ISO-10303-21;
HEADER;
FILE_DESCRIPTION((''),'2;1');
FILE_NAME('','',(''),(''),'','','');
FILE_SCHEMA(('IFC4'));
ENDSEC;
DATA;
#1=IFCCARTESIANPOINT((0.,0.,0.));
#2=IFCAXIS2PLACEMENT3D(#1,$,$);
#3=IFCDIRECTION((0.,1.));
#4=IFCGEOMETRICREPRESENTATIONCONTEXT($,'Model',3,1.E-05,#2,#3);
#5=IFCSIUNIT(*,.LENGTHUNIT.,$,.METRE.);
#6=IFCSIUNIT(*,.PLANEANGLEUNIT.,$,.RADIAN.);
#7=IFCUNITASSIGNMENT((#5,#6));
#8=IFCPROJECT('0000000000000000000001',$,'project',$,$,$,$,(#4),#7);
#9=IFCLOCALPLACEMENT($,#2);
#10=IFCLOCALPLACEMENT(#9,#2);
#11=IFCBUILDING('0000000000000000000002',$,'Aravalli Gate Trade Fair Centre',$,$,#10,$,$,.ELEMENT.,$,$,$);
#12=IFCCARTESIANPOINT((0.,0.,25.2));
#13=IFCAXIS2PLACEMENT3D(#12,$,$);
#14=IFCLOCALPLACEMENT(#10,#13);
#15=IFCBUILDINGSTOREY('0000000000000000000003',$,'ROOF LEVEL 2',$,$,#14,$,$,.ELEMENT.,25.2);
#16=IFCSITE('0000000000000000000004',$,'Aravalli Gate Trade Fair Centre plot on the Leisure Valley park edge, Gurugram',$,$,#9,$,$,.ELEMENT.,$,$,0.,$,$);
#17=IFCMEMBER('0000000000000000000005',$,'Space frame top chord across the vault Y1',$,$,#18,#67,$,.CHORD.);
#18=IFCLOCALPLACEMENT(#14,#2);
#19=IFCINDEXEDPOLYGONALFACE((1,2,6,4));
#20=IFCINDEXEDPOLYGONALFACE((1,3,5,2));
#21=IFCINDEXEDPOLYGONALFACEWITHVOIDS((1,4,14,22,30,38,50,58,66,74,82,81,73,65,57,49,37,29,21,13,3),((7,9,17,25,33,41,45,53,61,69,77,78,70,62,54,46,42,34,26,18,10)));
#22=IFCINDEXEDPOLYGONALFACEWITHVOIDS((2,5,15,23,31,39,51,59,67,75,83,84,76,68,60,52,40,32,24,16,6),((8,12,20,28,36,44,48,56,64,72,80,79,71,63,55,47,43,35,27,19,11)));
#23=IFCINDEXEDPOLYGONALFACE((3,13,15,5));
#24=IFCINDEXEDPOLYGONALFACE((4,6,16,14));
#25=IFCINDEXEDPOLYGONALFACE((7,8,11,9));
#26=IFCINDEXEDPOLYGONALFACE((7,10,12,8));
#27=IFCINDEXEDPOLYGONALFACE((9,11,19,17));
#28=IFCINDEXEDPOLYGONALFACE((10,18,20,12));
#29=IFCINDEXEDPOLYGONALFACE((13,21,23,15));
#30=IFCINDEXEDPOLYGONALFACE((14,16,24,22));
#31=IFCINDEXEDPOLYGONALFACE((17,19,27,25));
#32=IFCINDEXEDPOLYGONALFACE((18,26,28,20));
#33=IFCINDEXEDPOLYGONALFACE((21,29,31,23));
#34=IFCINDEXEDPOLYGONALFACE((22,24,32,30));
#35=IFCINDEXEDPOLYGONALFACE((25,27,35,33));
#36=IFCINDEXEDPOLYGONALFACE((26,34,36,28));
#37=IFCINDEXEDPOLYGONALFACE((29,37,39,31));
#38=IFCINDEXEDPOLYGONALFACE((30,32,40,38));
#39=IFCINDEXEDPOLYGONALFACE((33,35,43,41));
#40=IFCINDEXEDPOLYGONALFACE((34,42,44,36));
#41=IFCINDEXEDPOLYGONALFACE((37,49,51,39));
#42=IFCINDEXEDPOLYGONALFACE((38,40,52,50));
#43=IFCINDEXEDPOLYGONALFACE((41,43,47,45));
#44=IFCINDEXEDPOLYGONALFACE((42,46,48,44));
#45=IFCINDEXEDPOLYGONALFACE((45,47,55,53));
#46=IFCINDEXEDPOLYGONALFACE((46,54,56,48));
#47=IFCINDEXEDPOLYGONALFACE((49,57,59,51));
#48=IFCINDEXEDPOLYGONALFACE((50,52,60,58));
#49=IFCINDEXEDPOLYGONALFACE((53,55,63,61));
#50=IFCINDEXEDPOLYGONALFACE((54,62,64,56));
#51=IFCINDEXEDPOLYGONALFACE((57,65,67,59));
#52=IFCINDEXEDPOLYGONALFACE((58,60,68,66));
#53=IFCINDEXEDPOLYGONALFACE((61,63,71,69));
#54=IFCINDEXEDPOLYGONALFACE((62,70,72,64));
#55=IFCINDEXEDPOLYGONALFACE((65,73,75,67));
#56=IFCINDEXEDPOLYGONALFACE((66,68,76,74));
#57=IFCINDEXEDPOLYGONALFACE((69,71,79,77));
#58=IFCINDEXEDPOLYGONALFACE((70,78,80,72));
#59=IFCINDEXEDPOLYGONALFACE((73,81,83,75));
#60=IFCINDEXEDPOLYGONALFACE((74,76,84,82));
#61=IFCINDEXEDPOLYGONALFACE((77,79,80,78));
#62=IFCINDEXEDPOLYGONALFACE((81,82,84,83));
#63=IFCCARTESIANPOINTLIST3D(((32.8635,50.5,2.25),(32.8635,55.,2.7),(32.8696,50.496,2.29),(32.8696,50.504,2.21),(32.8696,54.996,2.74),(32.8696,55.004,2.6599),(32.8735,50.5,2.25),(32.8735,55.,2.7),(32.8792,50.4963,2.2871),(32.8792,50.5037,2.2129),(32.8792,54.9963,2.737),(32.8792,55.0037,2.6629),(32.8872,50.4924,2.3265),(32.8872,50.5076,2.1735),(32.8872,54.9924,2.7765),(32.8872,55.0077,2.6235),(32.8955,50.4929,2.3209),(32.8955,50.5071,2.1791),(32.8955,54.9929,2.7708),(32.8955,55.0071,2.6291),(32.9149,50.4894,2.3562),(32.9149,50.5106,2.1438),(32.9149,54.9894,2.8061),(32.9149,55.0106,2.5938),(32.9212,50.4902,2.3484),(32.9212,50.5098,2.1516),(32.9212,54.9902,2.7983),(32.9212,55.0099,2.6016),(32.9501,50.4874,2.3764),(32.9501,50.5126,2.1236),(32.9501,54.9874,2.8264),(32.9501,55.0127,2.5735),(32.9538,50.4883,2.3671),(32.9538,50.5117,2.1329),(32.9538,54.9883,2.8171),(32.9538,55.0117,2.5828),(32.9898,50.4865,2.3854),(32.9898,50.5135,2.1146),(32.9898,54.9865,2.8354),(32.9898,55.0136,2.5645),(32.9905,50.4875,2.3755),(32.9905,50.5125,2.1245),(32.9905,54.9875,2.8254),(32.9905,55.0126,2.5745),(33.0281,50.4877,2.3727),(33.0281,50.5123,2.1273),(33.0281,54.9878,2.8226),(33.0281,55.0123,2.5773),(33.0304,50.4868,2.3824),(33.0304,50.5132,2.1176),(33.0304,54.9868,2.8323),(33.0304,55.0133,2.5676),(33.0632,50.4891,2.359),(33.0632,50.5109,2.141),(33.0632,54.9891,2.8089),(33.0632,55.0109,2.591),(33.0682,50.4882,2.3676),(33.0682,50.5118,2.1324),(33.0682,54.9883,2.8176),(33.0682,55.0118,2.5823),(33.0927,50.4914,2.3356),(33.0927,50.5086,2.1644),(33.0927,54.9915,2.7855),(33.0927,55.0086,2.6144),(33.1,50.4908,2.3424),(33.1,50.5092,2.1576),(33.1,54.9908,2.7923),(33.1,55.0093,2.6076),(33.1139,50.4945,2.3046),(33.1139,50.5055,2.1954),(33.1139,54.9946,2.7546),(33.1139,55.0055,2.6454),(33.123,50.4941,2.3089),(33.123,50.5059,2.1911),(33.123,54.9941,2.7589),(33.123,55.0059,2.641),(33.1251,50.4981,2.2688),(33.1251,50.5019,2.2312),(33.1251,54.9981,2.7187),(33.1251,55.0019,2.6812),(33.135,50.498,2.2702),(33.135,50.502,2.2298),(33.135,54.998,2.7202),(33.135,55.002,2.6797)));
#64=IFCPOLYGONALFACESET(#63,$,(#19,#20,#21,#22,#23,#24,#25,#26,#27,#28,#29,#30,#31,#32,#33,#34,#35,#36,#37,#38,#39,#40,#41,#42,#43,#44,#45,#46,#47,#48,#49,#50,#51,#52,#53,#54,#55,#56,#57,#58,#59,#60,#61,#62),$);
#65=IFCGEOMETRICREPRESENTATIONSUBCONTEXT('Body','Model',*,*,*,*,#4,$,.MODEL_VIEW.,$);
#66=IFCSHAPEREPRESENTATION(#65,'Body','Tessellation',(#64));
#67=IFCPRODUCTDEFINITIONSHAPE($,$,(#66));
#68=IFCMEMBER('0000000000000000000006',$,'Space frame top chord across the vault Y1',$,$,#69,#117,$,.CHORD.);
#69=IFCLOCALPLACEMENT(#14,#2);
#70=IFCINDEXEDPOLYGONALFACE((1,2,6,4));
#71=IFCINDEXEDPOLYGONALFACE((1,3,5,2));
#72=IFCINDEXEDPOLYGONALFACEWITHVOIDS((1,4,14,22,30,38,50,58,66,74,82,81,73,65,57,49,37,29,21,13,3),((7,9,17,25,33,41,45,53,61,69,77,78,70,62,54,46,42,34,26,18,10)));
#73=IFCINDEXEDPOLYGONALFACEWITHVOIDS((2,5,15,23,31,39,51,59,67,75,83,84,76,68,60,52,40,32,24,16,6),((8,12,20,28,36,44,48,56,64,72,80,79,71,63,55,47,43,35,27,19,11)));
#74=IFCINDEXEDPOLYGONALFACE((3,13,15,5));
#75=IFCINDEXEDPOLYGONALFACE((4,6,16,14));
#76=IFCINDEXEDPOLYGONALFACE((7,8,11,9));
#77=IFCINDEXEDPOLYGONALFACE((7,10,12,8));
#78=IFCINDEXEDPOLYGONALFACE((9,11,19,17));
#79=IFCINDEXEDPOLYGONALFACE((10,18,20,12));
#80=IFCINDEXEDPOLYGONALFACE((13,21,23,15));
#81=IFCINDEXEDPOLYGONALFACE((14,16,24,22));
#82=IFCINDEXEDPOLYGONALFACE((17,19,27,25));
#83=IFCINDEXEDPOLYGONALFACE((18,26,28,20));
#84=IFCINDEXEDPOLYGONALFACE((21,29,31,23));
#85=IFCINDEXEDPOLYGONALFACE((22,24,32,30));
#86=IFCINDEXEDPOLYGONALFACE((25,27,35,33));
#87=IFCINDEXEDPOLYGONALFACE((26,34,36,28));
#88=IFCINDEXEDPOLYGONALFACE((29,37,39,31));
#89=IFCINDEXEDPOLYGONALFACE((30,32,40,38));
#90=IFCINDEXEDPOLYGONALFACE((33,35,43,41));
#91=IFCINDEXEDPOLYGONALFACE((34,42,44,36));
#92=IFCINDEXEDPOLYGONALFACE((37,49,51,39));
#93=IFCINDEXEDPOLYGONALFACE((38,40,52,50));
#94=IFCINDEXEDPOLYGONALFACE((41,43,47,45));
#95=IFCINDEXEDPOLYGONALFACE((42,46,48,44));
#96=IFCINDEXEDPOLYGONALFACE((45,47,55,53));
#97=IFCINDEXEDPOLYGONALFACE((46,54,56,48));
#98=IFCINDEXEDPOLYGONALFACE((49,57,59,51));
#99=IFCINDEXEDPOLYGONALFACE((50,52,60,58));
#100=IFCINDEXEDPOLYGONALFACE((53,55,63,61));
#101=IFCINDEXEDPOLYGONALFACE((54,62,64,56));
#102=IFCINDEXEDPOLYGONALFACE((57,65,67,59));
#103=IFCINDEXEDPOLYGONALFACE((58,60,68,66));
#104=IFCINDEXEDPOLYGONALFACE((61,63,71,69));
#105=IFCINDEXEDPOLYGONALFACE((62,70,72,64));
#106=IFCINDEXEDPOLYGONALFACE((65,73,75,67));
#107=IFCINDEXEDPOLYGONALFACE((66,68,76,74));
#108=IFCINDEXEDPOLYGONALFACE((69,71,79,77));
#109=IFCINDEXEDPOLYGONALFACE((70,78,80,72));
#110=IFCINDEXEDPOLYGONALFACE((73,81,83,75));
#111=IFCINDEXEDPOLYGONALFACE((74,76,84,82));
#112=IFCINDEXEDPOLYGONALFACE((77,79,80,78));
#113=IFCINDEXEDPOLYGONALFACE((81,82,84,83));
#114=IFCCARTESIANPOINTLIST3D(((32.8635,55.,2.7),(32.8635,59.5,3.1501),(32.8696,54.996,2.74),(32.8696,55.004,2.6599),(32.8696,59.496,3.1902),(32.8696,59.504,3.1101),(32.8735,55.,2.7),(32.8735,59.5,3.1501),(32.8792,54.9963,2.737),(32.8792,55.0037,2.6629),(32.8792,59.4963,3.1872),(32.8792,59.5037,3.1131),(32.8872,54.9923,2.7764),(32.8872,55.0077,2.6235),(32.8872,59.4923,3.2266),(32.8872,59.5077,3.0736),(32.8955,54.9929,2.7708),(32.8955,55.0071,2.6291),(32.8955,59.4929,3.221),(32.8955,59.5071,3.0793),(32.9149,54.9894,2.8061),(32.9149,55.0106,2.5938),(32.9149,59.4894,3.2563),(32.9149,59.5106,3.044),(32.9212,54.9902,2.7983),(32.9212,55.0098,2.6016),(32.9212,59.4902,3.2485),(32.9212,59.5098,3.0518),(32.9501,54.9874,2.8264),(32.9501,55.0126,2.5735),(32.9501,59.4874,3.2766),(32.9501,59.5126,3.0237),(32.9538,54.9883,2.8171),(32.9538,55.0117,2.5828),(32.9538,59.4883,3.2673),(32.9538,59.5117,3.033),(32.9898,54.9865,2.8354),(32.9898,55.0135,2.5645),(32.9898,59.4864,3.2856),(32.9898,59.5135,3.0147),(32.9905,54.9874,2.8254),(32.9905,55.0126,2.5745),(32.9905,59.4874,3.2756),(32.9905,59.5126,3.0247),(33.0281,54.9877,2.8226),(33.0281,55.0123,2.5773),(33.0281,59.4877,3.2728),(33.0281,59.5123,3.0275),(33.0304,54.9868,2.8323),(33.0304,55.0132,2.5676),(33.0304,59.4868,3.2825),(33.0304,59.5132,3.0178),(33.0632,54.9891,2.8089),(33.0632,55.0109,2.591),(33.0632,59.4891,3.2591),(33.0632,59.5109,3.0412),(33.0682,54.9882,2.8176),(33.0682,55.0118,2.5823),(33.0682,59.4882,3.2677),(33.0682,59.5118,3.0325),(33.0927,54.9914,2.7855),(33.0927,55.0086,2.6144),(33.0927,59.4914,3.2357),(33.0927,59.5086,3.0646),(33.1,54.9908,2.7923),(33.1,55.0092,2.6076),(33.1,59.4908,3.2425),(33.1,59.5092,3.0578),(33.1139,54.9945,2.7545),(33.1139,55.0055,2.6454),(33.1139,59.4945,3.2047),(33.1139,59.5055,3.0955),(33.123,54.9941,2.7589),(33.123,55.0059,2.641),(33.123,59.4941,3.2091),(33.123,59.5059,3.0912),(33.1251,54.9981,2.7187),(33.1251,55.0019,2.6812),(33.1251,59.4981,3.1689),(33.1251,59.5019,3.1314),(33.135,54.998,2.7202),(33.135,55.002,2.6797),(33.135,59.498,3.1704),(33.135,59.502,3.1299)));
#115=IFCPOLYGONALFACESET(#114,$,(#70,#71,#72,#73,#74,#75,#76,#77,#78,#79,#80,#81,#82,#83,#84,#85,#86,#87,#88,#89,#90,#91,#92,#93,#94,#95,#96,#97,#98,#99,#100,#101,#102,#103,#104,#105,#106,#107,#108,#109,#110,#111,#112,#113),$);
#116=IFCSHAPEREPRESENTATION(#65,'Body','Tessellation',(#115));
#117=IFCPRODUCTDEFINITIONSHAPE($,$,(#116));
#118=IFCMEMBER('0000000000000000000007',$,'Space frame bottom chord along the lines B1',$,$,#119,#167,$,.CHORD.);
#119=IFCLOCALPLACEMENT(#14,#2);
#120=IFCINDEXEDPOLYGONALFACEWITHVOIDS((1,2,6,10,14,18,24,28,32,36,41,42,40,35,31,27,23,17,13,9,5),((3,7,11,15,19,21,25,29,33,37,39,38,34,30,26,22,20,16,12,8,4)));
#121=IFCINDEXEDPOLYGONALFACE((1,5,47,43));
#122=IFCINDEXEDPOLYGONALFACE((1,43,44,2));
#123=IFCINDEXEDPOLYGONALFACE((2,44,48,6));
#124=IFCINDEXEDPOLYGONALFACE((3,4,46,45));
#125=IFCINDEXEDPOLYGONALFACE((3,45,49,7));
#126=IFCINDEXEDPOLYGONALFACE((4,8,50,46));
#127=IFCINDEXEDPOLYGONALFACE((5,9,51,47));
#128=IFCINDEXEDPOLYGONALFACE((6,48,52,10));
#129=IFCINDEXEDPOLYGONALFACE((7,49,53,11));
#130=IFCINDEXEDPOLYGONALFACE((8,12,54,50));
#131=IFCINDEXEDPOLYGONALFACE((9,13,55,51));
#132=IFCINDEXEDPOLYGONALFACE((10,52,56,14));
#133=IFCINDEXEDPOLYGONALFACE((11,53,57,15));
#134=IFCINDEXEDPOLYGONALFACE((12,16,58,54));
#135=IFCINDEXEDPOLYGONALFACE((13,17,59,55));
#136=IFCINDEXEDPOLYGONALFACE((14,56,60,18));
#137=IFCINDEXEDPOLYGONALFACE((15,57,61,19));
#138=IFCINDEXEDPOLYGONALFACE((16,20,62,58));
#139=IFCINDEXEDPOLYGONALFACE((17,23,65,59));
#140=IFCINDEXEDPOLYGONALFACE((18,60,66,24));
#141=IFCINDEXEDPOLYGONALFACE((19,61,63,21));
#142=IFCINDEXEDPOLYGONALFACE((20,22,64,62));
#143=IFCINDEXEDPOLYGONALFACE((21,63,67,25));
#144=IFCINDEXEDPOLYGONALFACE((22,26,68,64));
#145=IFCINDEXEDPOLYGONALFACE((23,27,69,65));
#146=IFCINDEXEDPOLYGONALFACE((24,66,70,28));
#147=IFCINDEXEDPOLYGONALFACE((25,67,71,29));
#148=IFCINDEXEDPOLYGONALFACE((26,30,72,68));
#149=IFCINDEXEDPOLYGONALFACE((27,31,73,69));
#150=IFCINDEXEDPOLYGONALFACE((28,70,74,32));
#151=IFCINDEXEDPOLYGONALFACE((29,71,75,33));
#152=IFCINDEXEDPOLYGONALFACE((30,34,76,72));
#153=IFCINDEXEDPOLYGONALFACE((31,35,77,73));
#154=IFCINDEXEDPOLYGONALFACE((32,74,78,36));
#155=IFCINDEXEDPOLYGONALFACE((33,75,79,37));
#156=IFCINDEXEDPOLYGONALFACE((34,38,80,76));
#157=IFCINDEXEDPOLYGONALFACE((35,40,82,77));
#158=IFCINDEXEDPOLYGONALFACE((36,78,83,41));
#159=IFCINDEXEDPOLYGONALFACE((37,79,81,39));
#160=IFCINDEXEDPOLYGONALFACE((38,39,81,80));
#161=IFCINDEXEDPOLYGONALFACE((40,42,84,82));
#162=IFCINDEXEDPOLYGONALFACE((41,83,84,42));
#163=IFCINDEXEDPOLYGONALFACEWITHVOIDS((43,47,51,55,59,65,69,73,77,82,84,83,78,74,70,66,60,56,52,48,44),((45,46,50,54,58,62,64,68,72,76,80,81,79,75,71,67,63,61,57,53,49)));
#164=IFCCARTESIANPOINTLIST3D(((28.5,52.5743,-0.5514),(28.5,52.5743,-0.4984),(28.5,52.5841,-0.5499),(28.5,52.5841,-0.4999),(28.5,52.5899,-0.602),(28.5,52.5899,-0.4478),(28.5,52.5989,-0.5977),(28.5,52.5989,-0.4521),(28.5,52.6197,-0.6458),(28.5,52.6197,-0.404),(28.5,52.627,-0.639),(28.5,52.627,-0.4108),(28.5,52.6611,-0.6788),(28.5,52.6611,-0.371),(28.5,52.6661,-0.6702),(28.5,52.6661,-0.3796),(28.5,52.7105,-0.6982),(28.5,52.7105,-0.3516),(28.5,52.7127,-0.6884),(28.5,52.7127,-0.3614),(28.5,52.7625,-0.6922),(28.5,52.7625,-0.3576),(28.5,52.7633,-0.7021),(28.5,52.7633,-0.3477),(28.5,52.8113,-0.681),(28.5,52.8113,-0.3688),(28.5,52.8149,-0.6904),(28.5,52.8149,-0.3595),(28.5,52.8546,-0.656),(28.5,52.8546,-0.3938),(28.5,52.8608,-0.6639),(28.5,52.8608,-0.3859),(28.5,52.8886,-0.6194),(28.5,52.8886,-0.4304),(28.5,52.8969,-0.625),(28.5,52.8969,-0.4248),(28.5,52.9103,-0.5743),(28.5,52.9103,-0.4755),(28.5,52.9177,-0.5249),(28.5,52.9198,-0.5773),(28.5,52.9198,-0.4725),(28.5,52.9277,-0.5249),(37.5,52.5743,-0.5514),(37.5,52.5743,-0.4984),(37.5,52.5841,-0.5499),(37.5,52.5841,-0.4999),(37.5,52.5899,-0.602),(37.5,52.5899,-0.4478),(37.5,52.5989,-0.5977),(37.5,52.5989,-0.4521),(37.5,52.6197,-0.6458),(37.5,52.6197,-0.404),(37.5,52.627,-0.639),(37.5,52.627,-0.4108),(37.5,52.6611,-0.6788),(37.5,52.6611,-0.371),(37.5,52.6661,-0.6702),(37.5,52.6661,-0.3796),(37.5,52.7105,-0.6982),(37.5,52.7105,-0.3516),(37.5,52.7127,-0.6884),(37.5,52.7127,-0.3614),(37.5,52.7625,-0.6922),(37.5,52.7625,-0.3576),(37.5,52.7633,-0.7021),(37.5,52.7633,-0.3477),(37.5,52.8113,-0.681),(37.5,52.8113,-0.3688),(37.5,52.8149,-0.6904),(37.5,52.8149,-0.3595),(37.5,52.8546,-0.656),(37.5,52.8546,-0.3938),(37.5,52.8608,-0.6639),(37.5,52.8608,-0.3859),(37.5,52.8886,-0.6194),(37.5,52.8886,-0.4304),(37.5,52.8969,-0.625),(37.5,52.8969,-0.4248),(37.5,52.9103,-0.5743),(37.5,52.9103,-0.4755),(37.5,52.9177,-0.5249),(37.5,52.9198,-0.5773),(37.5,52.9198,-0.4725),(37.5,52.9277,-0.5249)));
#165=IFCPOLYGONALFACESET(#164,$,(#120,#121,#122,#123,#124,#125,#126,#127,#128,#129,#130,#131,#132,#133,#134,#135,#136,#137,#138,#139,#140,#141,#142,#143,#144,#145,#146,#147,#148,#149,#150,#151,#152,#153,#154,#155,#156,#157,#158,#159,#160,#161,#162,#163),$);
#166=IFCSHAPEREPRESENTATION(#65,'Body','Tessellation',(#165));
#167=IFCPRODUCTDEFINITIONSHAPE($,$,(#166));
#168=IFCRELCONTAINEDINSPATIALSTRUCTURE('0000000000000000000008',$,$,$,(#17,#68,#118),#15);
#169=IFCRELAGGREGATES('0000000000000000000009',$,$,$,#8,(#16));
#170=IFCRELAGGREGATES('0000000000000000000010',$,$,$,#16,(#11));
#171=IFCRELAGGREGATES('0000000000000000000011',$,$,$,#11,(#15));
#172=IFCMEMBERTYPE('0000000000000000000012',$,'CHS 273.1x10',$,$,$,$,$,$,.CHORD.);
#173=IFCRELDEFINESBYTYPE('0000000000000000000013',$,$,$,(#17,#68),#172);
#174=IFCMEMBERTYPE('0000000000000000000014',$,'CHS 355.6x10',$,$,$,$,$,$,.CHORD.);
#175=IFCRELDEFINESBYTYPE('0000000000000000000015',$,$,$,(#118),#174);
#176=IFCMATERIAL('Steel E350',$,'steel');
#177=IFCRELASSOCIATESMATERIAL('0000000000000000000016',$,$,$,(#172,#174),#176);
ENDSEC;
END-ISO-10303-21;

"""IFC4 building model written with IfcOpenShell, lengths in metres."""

from ifc_helpers import new_model, si_unit, direction, frame, origin, origin_2d, place, context, subcontext, project, spatial, hollow_circle, extrude, material, material_profile, profile_set, type_object, element, save


model = new_model("IFC4")

# Units and contexts
model_context = context("Model", 3, precision=1e-05, world=origin(), true_north=direction((0.0, 1.0)))
body_context = subcontext(model_context, "Body", "Model", "MODEL_VIEW")
ifc_project = project(units=[si_unit("LENGTHUNIT", "METRE"), si_unit("PLANEANGLEUNIT", "RADIAN")], contexts=[model_context])

# Site, building, storey
site_placement = place(None, origin())
site = spatial("IfcSite", under=ifc_project, at=site_placement, Name="Aravalli Gate Trade Fair Centre plot on the Leisure Valley park edge, Gurugram", CompositionType="ELEMENT", RefElevation=0.0)
building_placement = place(site_placement, origin())
building = spatial("IfcBuilding", under=site, at=building_placement, Name="Aravalli Gate Trade Fair Centre", CompositionType="ELEMENT")
storey_placement = place(building_placement, frame((0.0, 0.0, 25.2)))
storey = spatial("IfcBuildingStorey", under=building, at=storey_placement, Name="ROOF LEVEL 2", CompositionType="ELEMENT", Elevation=25.2)

# Members
ifc_material = material(Name="Steel E350", Category="steel")
ifc_material_profile_1 = material_profile(ifc_material, hollow_circle(Radius=0.1365, WallThickness=0.01, at=origin_2d()), Name="CHS 273.1x10")
ifc_profile_set_1 = profile_set([ifc_material_profile_1], Name="Steel E350")
member_type_1 = type_object("IfcMemberType", Name="CHS 273.1x10", PredefinedType="CHORD", material=ifc_profile_set_1)
for number, where, z_axis, x_axis, name in (
    (1, (33.0, 50.5, 2.25), (0.0, 0.995038, 0.099493), (-1.0, 0.0, 0.0), "Space frame top chord across the vault Y1"),
    (2, (33.0, 55.0, 2.7), (0.0, 0.995033, 0.099546), (-1.0, 0.0, 0.0), "Space frame top chord across the vault Y1"),
):
    element("IfcMember", number, at=place(storey_placement, frame(where, z_axis=z_axis, x_axis=x_axis)), inside=storey, type_object=member_type_1, Name=name, PredefinedType="CHORD", context=body_context, shape_type="SweptSolid", body=[
        extrude(hollow_circle(Radius=0.1365, WallThickness=0.01, at=origin_2d()), origin(), (0.0, 0.0, 1.0), 4.5225),
    ])
ifc_material_profile_2 = material_profile(ifc_material, hollow_circle(Radius=0.1777, WallThickness=0.01, at=origin_2d()), Name="CHS 355.6x10")
ifc_profile_set_2 = profile_set([ifc_material_profile_2], Name="Steel E350")
member_type_2 = type_object("IfcMemberType", Name="CHS 355.6x10", PredefinedType="CHORD", material=ifc_profile_set_2)
member_1_placement = place(storey_placement, frame((28.5, 52.75, -0.5249), z_axis=(1.0, 0.0, 0.0), x_axis=(0.0, 1.0, 0.0)))
element("IfcMember", 3, at=member_1_placement, inside=storey, type_object=member_type_2, Name="Space frame bottom chord along the lines B1", PredefinedType="CHORD", context=body_context, shape_type="SweptSolid", body=[
    extrude(hollow_circle(Radius=0.1777, WallThickness=0.01, at=origin_2d()), origin(), (0.0, 0.0, 1.0), 9.0),
])

save(model, "model.ifc")
